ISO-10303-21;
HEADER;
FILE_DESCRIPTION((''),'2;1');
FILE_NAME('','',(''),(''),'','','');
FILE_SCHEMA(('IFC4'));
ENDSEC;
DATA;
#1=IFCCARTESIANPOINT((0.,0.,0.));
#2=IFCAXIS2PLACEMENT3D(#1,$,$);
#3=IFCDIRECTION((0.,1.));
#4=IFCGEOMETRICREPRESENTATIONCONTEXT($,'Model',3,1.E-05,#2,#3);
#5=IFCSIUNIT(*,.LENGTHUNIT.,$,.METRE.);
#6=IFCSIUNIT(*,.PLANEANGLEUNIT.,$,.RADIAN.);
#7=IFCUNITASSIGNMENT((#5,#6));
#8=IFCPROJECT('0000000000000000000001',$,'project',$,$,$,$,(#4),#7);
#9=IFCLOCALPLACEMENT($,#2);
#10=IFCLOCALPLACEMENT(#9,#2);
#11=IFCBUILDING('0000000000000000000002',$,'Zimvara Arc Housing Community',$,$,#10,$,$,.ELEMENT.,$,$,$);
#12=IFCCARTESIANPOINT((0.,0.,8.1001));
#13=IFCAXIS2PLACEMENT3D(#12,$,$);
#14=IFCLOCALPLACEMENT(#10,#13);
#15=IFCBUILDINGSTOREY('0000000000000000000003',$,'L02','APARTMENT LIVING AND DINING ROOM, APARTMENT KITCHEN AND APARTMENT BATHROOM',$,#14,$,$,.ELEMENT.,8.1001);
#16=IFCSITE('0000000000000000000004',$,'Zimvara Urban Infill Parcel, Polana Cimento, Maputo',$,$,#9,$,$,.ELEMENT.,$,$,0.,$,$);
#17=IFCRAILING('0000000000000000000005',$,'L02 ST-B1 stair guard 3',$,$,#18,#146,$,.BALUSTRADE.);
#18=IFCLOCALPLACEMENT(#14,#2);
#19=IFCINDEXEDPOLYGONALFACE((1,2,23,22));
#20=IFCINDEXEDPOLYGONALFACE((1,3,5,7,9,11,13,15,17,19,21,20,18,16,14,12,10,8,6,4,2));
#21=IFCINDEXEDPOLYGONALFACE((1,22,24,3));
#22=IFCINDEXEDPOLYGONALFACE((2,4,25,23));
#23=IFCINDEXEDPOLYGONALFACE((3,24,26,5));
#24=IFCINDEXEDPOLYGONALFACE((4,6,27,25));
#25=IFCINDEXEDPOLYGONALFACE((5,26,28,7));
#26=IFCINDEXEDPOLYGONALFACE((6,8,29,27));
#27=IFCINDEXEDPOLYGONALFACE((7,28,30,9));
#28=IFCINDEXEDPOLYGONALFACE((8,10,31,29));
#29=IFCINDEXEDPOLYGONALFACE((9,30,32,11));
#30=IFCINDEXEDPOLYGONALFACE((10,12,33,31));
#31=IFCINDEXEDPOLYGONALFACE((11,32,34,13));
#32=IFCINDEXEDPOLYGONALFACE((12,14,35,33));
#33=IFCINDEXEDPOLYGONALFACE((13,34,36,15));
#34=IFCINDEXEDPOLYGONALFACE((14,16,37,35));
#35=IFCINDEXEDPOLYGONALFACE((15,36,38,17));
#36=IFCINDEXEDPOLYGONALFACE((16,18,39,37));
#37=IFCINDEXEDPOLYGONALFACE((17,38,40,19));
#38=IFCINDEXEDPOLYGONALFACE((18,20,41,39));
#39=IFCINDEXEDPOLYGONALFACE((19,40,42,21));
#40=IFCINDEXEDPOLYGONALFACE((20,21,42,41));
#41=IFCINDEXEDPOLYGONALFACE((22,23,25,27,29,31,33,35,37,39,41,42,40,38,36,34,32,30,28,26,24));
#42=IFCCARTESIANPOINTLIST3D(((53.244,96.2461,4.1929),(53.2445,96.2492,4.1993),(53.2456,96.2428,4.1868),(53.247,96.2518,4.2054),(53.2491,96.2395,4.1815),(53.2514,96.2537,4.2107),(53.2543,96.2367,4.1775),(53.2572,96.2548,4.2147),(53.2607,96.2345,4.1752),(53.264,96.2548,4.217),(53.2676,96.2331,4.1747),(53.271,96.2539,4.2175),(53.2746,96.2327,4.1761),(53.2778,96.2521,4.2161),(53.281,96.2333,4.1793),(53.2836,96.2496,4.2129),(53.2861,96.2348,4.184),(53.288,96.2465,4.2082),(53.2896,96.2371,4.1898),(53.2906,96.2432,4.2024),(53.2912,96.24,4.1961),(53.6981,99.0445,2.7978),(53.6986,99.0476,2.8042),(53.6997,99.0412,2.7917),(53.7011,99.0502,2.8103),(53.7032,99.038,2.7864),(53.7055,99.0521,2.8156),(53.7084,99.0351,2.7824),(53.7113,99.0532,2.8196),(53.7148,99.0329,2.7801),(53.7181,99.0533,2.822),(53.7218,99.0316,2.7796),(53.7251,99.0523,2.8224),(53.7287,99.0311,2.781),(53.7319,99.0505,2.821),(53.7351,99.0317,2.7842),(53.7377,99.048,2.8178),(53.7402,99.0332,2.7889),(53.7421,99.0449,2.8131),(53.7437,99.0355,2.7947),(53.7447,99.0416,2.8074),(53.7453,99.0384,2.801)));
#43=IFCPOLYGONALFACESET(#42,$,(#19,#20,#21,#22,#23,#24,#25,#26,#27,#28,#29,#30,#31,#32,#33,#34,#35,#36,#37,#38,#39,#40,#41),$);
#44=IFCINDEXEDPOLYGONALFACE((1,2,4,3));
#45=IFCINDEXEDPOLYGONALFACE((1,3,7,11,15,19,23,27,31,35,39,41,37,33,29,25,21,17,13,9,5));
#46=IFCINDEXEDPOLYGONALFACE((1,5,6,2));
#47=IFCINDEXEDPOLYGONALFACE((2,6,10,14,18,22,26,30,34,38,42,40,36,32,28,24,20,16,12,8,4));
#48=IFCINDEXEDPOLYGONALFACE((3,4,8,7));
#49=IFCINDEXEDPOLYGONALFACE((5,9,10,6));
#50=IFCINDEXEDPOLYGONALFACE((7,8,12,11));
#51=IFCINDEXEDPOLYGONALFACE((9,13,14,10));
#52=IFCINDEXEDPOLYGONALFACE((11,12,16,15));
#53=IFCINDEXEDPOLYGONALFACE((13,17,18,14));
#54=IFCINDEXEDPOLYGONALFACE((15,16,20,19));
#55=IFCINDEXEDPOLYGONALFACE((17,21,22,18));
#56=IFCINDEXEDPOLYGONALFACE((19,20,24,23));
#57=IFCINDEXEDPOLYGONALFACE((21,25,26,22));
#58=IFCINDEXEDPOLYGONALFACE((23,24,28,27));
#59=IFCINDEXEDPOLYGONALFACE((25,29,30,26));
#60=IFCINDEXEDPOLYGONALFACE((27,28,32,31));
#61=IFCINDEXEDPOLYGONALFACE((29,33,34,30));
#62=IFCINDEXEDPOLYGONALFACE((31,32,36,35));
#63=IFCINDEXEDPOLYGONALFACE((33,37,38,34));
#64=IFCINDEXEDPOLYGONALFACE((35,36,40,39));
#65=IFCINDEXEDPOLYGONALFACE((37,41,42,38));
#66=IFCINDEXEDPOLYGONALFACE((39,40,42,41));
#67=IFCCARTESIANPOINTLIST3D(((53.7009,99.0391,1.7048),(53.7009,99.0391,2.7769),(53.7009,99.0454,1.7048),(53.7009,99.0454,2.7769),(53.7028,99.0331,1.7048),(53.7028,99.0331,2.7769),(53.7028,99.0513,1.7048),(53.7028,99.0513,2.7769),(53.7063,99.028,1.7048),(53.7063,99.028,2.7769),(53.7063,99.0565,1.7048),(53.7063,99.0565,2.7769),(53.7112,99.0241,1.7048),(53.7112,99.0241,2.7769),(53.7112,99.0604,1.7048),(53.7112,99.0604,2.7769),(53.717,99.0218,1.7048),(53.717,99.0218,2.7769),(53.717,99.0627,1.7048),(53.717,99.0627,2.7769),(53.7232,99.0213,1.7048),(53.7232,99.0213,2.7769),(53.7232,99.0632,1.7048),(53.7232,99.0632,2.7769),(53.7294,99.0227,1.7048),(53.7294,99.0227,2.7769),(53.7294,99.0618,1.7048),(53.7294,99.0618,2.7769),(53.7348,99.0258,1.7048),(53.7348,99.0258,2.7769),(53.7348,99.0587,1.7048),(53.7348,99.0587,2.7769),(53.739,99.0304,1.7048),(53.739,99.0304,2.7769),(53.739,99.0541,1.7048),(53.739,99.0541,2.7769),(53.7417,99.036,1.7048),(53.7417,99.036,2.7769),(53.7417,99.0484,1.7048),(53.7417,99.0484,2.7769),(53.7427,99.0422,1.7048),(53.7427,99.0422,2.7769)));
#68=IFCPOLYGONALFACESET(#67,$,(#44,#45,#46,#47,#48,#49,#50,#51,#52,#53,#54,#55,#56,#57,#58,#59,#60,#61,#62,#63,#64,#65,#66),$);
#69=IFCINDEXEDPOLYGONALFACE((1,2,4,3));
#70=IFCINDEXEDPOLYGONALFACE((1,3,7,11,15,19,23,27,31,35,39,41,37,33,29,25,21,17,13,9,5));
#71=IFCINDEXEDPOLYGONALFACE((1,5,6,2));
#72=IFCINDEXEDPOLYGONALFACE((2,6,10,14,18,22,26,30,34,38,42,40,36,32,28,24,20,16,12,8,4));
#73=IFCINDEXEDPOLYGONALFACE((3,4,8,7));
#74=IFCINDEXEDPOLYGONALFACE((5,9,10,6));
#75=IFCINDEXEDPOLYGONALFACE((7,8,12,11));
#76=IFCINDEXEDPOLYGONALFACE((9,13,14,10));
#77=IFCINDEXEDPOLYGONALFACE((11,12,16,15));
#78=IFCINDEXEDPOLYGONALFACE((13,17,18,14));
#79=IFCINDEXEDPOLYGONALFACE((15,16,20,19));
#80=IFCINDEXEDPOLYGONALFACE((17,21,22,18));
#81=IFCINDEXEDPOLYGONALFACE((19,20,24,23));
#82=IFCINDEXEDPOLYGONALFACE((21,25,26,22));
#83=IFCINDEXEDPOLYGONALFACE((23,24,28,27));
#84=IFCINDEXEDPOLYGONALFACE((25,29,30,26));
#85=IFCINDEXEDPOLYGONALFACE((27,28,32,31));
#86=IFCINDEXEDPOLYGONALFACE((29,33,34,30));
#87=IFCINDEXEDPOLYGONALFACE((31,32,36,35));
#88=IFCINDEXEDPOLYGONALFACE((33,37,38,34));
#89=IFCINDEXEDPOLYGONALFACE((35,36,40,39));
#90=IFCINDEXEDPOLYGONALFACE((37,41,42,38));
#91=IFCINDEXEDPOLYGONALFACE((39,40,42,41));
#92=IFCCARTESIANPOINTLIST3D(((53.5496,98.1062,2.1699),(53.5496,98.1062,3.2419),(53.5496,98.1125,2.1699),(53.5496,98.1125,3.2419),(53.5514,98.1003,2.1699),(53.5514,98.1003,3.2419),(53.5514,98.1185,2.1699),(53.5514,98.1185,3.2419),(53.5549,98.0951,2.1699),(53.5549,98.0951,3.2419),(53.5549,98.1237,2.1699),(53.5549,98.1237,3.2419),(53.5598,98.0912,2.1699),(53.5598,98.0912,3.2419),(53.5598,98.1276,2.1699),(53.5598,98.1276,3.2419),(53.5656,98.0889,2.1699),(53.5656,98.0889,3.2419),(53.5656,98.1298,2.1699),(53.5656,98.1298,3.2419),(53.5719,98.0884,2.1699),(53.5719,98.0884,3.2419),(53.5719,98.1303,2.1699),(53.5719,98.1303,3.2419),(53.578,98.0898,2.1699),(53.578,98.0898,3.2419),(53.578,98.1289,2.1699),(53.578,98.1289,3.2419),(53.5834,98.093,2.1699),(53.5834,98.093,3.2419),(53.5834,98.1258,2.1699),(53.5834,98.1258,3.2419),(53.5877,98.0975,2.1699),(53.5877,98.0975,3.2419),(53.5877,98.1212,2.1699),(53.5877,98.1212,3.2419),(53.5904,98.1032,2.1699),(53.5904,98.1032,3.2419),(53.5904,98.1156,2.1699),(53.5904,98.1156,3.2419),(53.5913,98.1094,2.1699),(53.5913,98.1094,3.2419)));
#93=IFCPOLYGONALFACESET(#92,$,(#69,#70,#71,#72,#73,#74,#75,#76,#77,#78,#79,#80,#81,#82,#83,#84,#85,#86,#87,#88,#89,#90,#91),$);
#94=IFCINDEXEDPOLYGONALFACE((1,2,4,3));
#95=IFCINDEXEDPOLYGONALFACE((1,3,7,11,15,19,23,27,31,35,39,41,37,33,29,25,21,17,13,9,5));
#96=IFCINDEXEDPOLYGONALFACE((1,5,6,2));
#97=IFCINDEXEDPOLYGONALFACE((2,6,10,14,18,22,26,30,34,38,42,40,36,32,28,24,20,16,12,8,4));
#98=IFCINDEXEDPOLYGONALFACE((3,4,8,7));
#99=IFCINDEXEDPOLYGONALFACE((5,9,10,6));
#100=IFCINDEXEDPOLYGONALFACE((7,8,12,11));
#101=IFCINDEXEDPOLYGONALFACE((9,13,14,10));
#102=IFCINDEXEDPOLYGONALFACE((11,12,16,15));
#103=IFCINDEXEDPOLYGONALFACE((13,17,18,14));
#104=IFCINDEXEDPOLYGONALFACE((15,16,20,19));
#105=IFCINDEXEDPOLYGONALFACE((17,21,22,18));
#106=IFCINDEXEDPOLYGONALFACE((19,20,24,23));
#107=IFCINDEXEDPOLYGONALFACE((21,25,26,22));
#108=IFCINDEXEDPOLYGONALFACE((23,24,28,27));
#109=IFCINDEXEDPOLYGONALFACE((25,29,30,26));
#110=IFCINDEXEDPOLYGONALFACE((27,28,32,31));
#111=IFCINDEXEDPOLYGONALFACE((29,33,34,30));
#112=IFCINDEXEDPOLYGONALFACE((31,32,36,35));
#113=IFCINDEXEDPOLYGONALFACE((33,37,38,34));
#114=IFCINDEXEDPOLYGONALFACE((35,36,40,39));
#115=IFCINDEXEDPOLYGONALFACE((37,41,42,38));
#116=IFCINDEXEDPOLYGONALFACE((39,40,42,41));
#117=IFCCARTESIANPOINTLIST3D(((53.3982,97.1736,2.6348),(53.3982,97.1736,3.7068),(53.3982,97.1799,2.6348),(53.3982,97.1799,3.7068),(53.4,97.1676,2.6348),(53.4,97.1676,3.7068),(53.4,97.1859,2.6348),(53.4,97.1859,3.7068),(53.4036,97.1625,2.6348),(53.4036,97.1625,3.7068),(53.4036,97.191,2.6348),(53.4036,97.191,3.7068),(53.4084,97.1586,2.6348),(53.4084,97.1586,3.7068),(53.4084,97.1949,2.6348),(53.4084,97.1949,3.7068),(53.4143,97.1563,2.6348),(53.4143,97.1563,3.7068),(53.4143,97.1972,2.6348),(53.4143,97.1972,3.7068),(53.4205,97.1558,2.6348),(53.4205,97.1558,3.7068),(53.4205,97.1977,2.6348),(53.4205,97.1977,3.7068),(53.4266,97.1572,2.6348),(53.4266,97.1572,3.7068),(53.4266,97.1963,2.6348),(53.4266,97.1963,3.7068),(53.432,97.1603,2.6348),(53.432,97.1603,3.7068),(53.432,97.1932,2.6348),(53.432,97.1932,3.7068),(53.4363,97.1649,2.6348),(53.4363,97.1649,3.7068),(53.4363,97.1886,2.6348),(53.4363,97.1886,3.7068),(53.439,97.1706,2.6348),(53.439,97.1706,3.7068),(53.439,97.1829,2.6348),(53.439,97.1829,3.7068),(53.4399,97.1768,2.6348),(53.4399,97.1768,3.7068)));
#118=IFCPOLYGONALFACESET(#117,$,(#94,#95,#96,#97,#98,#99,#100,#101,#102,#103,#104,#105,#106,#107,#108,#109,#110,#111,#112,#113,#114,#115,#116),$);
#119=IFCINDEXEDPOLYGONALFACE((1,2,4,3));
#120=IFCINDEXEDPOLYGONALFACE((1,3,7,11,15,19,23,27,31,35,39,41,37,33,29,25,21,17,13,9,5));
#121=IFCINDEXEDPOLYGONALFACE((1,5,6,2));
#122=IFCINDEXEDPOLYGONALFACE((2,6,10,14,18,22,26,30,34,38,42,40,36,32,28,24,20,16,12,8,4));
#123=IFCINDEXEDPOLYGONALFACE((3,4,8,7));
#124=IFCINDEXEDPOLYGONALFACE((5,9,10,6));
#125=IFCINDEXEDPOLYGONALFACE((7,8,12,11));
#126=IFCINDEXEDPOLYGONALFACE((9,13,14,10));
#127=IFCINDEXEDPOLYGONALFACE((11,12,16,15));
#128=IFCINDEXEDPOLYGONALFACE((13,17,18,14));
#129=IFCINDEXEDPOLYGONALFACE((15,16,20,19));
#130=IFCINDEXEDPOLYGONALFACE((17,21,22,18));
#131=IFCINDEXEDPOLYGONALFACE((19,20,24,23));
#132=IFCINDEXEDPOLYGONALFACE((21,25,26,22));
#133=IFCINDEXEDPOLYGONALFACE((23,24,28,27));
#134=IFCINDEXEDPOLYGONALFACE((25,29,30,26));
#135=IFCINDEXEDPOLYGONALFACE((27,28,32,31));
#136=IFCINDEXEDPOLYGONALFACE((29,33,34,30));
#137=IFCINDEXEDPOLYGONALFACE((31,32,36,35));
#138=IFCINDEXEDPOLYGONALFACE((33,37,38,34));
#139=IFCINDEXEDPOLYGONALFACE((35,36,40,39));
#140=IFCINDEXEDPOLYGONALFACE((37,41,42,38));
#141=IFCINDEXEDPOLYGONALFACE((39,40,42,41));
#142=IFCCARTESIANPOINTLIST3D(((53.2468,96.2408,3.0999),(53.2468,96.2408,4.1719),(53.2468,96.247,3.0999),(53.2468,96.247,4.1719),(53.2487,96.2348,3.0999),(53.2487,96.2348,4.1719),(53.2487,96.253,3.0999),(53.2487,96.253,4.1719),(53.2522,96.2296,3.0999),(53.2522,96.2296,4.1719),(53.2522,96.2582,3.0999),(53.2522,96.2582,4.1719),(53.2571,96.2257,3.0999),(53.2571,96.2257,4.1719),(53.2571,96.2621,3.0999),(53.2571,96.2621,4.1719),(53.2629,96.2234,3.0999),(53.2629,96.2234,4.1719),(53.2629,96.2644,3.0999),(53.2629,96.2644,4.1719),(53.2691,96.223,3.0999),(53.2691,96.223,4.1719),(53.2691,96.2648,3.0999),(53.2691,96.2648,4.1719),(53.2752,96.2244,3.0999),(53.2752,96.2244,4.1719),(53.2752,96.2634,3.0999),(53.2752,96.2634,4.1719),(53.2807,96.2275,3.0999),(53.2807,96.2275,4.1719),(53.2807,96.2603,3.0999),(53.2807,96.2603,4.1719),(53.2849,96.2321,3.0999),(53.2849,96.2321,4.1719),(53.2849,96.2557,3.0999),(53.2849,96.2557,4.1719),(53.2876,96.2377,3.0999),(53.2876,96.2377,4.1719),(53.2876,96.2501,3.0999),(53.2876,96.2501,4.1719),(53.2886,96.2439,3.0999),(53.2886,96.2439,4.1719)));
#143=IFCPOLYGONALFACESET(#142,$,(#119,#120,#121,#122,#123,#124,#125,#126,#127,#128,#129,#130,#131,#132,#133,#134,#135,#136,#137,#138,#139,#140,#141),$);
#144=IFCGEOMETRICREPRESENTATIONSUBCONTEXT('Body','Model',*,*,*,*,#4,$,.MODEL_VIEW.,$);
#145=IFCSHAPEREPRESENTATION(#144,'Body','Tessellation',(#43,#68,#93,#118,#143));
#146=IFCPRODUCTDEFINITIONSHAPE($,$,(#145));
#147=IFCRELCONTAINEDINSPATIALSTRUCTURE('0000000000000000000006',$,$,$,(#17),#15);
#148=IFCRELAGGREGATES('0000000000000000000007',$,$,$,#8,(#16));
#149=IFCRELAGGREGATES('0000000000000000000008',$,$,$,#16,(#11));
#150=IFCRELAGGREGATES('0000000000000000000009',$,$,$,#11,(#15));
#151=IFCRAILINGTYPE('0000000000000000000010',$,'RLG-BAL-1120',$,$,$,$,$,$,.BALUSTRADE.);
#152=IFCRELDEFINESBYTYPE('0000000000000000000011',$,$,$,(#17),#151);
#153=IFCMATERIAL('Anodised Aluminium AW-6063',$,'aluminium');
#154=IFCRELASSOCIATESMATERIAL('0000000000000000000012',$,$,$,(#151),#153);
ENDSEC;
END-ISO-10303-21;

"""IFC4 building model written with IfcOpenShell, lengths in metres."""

from ifc_helpers import new_model, si_unit, direction, frame, origin, origin_2d, place, context, subcontext, project, spatial, circle, extrude, material, type_object, element, save


model = new_model("IFC4")

# Units and contexts
model_context = context("Model", 3, precision=1e-05, world=origin(), true_north=direction((0.0, 1.0)))
body_context = subcontext(model_context, "Body", "Model", "MODEL_VIEW")
ifc_project = project(units=[si_unit("LENGTHUNIT", "METRE"), si_unit("PLANEANGLEUNIT", "RADIAN")], contexts=[model_context])

# Site, building, storey
site_placement = place(None, origin())
site = spatial("IfcSite", under=ifc_project, at=site_placement, Name="Zimvara Urban Infill Parcel, Polana Cimento, Maputo", CompositionType="ELEMENT", RefElevation=0.0)
building_placement = place(site_placement, origin())
building = spatial("IfcBuilding", under=site, at=building_placement, Name="Zimvara Arc Housing Community", CompositionType="ELEMENT")
storey_placement = place(building_placement, frame((0.0, 0.0, 8.1001)))
storey = spatial("IfcBuildingStorey", under=building, at=storey_placement, Name="L02", Description="APARTMENT LIVING AND DINING ROOM, APARTMENT KITCHEN AND APARTMENT BATHROOM", CompositionType="ELEMENT", Elevation=8.1001)

# Railing
ifc_material_1 = material(Name="Anodised Aluminium AW-6063", Category="aluminium")
railing_type_1 = type_object("IfcRailingType", Name="RLG-BAL-1120", PredefinedType="BALUSTRADE", material=ifc_material_1)
railing_1_placement = place(storey_placement, frame((53.7217, 99.0422, 1.7048)))
element("IfcRailing", 1, at=railing_1_placement, inside=storey, type_object=railing_type_1, Name="L02 ST-B1 stair guard 3", PredefinedType="BALUSTRADE", context=body_context, shape_type="SweptSolid", body=[
    extrude(circle(Radius=0.0239, at=origin_2d()), frame((0.0, 0.0, 1.0962), z_axis=(-0.143722, -0.885666, 0.44152), x_axis=(0.987088, -0.16018, 0.0)), (0.0, 0.0, 1.0), 3.1597),
    extrude(circle(Radius=0.021, at=origin_2d()), origin(), (0.0, 0.0, 1.0), 1.072),
    extrude(circle(Radius=0.021, at=origin_2d()), frame((-0.1514, -0.9329, 0.4651)), (0.0, 0.0, 1.0), 1.072),
    extrude(circle(Radius=0.021, at=origin_2d()), frame((-0.3027, -1.8655, 0.9299)), (0.0, 0.0, 1.0), 1.072),
    extrude(circle(Radius=0.021, at=origin_2d()), frame((-0.4541, -2.7983, 1.395)), (0.0, 0.0, 1.0), 1.072),
])

save(model, "model.ifc")
